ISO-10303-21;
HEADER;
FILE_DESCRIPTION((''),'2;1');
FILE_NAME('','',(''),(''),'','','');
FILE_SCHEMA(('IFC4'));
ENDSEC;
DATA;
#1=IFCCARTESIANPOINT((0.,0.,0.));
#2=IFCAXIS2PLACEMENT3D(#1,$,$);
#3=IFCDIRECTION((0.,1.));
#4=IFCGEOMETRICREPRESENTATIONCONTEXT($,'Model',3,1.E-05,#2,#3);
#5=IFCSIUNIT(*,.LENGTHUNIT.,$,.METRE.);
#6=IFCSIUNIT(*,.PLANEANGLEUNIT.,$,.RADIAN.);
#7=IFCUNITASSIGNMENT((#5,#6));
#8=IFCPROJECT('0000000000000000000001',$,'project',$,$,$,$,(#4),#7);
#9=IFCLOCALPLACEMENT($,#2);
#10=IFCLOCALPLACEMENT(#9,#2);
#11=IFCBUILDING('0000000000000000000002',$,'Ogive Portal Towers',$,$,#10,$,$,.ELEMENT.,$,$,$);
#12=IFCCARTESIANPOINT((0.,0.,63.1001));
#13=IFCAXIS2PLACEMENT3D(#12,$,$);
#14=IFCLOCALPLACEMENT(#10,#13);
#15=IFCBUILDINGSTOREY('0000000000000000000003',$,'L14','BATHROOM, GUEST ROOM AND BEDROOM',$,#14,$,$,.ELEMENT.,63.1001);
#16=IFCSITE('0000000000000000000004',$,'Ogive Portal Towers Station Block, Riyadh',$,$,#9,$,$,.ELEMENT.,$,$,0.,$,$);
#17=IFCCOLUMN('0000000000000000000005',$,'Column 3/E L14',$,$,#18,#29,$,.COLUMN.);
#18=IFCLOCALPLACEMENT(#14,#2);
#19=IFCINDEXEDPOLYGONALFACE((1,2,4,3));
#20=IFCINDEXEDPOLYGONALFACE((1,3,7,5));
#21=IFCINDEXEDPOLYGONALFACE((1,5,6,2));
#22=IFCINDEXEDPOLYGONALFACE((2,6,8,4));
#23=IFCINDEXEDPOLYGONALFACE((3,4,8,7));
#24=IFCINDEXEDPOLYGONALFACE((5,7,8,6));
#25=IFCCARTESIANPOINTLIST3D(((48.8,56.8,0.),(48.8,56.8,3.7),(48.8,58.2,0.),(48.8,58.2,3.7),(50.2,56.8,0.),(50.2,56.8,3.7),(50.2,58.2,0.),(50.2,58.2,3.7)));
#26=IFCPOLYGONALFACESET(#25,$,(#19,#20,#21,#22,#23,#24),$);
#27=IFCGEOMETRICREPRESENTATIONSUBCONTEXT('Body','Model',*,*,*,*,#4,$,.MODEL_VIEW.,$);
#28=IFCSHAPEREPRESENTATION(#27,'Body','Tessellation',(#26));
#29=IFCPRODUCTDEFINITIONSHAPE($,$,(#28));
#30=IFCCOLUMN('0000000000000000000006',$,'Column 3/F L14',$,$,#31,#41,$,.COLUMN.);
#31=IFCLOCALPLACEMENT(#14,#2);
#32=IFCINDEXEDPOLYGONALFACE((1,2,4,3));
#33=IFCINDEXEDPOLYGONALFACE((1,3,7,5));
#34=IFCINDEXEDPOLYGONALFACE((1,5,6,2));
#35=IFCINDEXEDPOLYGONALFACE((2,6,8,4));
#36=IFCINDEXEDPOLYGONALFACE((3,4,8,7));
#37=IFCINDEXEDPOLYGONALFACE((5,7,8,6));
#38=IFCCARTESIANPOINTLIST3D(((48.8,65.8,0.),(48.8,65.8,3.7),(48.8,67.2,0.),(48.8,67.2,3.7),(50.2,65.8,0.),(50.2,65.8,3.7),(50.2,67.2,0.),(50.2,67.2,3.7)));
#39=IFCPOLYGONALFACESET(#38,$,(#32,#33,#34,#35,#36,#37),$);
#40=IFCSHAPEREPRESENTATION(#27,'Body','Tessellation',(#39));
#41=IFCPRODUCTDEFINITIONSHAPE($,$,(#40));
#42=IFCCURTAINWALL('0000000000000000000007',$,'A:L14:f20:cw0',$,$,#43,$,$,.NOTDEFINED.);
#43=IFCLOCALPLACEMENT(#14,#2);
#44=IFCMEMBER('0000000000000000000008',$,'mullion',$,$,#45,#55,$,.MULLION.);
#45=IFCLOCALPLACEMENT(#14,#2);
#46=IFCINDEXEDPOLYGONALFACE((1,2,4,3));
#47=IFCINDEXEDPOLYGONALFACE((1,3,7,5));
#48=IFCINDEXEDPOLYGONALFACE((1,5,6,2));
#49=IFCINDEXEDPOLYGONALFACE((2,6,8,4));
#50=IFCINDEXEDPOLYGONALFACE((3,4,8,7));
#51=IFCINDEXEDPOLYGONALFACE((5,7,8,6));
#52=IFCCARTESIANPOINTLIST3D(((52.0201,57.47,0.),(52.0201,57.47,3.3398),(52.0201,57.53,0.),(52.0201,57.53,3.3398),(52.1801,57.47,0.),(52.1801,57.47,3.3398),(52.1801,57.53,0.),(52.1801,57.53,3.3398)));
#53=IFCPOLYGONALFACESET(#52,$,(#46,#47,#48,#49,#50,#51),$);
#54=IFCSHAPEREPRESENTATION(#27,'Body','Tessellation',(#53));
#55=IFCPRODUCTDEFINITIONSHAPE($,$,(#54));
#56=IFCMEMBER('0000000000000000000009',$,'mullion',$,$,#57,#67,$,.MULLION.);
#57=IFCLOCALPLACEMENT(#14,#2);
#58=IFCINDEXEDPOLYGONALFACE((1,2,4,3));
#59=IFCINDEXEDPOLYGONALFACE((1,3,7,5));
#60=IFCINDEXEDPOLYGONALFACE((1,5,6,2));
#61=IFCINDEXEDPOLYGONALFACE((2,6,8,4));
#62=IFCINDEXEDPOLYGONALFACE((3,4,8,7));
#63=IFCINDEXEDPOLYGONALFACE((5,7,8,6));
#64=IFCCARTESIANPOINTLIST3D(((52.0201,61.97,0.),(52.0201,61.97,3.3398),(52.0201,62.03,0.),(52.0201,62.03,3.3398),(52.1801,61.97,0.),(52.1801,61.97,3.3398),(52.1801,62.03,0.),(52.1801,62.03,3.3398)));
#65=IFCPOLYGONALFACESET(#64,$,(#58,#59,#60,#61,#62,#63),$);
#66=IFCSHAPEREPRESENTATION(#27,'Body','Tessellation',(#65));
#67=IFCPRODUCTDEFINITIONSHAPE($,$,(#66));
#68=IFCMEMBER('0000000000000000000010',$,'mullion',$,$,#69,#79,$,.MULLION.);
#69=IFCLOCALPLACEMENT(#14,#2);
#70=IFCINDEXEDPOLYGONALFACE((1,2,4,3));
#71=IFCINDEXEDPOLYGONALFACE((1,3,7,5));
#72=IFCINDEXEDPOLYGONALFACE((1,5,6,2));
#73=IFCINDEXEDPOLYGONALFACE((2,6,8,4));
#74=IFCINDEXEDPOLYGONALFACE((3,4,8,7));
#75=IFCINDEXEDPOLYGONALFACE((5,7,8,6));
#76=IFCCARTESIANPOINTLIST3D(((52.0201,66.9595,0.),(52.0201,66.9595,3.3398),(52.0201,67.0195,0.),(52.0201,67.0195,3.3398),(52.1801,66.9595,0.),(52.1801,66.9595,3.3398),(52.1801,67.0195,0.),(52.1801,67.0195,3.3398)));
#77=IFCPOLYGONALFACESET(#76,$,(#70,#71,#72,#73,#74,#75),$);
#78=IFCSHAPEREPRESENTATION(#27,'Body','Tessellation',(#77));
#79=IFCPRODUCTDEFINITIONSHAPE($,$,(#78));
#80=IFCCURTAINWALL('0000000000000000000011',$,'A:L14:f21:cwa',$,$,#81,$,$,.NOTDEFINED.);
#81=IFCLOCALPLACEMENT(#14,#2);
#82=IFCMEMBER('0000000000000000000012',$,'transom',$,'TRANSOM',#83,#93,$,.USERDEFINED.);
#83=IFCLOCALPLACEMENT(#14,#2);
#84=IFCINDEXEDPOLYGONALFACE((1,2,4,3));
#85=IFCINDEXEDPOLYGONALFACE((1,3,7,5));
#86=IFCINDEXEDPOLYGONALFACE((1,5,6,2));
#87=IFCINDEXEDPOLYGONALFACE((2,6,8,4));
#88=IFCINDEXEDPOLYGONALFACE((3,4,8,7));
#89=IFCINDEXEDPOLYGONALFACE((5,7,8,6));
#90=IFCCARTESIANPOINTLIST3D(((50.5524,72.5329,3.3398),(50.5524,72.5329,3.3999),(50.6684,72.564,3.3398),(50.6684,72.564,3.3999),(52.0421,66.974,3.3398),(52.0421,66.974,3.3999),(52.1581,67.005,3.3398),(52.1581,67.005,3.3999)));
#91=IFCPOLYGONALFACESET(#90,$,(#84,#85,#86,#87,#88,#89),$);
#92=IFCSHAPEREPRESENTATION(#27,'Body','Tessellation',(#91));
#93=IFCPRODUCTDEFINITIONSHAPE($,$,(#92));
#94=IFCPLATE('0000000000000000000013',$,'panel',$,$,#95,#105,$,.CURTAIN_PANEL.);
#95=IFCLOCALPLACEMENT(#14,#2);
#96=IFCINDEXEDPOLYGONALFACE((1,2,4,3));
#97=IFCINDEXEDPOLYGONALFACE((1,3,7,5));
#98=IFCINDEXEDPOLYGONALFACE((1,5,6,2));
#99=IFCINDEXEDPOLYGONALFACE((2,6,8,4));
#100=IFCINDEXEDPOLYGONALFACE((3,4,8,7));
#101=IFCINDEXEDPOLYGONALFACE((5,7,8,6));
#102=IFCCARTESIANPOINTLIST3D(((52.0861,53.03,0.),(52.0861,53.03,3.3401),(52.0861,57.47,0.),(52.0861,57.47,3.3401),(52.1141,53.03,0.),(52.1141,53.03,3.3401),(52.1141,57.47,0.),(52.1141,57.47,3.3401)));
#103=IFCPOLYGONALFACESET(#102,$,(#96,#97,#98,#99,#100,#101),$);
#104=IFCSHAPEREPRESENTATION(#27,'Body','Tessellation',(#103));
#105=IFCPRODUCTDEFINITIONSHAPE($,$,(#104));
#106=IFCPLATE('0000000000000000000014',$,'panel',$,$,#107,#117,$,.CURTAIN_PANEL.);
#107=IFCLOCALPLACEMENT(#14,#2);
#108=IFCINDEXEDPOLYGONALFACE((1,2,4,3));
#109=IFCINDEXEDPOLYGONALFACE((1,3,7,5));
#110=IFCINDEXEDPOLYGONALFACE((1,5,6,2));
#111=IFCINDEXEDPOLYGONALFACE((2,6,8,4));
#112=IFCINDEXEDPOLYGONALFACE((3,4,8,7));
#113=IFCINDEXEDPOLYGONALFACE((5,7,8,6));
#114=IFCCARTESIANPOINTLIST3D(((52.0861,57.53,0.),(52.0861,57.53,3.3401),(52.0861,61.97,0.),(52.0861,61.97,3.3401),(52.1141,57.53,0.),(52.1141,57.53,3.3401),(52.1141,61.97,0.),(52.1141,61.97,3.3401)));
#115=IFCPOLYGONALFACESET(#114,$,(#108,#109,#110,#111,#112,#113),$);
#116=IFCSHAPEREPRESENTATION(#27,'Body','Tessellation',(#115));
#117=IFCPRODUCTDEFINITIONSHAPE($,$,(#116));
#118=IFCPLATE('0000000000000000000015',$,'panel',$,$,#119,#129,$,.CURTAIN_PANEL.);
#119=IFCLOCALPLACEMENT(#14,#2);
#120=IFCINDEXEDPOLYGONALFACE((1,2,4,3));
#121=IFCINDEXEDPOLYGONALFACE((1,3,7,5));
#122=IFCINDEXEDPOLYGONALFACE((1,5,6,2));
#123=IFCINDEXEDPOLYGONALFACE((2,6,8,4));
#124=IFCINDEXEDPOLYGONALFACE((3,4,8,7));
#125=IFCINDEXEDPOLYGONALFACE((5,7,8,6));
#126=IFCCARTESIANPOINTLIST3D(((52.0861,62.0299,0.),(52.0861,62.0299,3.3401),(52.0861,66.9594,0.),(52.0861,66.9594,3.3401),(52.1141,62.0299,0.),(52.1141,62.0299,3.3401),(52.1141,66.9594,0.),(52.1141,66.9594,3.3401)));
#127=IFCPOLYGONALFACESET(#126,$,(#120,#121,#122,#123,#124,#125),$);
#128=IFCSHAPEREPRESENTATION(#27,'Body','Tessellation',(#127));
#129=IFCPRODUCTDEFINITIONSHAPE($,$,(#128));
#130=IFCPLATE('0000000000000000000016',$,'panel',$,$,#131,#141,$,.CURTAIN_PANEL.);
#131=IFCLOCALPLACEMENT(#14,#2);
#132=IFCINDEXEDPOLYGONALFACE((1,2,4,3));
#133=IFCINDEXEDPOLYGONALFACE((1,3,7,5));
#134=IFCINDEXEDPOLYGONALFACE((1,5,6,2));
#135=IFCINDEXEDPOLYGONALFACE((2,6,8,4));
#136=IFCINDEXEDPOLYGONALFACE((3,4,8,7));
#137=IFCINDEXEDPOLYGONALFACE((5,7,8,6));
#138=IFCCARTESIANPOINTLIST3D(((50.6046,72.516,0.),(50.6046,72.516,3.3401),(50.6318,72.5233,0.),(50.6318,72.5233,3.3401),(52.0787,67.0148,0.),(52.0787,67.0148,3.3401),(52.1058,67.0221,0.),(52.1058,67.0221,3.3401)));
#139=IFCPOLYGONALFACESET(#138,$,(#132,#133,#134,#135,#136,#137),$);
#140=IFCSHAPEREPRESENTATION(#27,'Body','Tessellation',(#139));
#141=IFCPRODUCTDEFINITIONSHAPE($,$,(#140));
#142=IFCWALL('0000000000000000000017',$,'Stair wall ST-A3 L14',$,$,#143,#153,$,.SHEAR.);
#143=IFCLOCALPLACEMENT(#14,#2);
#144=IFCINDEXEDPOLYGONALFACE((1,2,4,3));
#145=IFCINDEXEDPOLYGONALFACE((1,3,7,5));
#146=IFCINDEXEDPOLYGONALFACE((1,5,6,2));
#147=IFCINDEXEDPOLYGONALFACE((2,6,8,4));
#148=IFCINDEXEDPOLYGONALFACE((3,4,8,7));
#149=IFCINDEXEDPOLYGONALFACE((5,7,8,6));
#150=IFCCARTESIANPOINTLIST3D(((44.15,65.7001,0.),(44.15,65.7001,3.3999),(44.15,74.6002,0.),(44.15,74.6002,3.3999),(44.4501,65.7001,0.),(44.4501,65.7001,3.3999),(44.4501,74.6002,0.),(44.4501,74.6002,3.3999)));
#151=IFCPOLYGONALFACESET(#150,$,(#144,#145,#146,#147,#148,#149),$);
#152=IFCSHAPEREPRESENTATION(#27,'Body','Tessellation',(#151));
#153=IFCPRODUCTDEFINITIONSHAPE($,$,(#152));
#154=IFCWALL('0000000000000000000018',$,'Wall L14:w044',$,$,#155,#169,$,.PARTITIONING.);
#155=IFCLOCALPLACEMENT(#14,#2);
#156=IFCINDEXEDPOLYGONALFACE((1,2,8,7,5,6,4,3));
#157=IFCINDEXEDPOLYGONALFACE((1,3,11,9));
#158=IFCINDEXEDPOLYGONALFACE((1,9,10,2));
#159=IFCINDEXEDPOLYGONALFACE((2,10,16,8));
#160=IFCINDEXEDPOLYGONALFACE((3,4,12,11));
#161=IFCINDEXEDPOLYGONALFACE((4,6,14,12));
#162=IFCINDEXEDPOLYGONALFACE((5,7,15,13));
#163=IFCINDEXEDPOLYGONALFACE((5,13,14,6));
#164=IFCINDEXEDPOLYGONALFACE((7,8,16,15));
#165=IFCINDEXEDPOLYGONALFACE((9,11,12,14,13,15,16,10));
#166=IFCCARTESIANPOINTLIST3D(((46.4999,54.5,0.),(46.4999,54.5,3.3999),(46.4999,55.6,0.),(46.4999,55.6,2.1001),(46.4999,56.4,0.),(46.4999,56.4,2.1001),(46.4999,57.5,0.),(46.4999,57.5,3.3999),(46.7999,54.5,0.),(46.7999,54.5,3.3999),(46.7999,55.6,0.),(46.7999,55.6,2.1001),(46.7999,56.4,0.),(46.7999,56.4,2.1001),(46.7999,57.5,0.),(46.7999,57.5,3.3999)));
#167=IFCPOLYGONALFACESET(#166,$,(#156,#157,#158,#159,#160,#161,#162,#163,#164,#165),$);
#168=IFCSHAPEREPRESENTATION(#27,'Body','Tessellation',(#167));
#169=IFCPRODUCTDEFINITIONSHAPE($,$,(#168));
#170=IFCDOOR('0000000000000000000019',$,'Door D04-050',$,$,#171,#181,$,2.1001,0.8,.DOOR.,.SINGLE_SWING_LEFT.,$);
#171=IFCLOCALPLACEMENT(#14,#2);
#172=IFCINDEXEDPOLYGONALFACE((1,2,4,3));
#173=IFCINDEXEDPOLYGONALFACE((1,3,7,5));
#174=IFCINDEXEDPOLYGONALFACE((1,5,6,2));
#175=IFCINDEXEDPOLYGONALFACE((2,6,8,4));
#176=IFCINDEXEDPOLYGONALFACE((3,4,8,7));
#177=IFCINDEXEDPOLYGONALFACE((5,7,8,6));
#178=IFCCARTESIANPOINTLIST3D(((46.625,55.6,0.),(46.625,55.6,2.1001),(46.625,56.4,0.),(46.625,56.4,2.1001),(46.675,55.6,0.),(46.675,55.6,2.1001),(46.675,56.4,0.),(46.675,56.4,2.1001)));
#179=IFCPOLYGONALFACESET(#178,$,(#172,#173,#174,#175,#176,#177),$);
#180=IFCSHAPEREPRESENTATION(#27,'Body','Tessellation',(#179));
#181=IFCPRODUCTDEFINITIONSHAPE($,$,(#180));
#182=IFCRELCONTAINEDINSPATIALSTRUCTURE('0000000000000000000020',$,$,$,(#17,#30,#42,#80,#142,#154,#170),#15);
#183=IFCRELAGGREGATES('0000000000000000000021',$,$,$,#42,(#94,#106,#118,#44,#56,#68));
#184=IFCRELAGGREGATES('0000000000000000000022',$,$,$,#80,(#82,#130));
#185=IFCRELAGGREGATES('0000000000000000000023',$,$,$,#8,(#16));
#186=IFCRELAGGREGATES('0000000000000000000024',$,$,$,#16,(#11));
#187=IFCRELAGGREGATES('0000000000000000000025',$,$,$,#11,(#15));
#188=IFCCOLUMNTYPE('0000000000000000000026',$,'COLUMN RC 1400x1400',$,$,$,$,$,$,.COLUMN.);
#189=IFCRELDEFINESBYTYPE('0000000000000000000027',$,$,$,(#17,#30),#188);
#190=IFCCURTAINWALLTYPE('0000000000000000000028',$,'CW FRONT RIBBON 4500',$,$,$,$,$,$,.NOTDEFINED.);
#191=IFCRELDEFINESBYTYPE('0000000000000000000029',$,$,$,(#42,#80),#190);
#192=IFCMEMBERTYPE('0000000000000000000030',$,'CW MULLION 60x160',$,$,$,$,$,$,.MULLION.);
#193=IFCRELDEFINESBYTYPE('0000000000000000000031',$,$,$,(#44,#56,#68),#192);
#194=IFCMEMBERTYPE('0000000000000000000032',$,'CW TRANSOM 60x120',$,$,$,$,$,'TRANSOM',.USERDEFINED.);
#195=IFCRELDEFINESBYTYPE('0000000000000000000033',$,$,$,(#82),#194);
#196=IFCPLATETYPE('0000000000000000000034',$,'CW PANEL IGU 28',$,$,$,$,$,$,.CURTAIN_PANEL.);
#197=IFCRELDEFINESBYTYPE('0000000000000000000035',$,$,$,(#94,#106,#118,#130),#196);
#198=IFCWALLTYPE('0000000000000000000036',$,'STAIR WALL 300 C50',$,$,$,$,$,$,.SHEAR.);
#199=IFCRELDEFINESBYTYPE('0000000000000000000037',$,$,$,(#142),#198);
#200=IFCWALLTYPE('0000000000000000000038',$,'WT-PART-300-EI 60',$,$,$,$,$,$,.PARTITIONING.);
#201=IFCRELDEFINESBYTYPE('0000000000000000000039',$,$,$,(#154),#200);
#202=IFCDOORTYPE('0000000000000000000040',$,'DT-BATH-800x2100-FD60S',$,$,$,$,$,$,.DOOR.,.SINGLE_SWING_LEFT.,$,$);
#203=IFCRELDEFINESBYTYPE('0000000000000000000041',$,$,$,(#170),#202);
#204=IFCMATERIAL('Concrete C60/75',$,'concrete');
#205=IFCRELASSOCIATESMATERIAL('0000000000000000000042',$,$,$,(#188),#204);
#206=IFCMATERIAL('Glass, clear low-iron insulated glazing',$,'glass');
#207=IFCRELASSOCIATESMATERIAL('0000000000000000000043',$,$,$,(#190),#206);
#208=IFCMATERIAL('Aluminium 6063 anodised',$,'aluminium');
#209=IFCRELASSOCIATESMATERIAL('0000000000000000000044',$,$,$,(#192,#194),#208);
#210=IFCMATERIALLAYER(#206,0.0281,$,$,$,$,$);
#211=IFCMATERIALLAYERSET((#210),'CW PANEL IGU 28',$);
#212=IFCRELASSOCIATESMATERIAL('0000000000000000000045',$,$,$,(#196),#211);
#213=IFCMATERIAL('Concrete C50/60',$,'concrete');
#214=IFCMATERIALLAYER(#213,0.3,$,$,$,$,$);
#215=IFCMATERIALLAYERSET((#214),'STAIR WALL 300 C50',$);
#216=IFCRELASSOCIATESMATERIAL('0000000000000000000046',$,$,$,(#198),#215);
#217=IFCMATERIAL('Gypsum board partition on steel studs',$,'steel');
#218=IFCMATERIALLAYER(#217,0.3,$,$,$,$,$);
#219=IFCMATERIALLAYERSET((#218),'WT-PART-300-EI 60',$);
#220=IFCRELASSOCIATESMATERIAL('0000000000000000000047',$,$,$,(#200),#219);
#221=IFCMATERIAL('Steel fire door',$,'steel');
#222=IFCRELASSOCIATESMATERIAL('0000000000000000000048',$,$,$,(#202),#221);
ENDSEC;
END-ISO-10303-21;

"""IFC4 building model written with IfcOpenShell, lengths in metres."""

from ifc_helpers import new_model, si_unit, direction, frame, frame_2d, origin, origin_2d, place, context, subcontext, project, spatial, rectangle, extrude, material, layer, layer_set, material_profile, profile_set, type_object, element, fill, aggregate, save


model = new_model("IFC4")

# Units and contexts
model_context = context("Model", 3, precision=1e-05, world=origin(), true_north=direction((0.0, 1.0)))
body_context = subcontext(model_context, "Body", "Model", "MODEL_VIEW")
ifc_project = project(units=[si_unit("LENGTHUNIT", "METRE"), si_unit("PLANEANGLEUNIT", "RADIAN")], contexts=[model_context])

# Site, building, storey
site_placement = place(None, origin())
site = spatial("IfcSite", under=ifc_project, at=site_placement, Name="Ogive Portal Towers Station Block, Riyadh", CompositionType="ELEMENT", RefElevation=0.0)
building_placement = place(site_placement, origin())
building = spatial("IfcBuilding", under=site, at=building_placement, Name="Ogive Portal Towers", CompositionType="ELEMENT")
storey_placement = place(building_placement, frame((0.0, 0.0, 63.1001)))
storey = spatial("IfcBuildingStorey", under=building, at=storey_placement, Name="L14", Description="BATHROOM, GUEST ROOM AND BEDROOM", CompositionType="ELEMENT", Elevation=63.1001)

# Columns
ifc_material_1 = material(Name="Concrete C60/75", Category="concrete")
ifc_material_profile_1 = material_profile(ifc_material_1, rectangle(XDim=1.3999, YDim=1.3999, at=origin_2d()), Name="RC 1400x1400")
ifc_profile_set_1 = profile_set([ifc_material_profile_1], Name="Concrete C60/75")
column_type = type_object("IfcColumnType", Name="COLUMN RC 1400x1400", PredefinedType="COLUMN", material=ifc_profile_set_1)
for number, where, z_axis, x_axis, name in (
    (1, (49.5, 57.5, 0.0), (0.0, 0.0, 1.0), (1.0, 0.0, 0.0), "Column 3/E L14"),
    (2, (49.5, 66.5, 0.0), (0.0, 0.0, 1.0), (1.0, 0.0, 0.0), "Column 3/F L14"),
):
    element("IfcColumn", number, at=place(storey_placement, frame(where, z_axis=z_axis, x_axis=x_axis)), inside=storey, type_object=column_type, Name=name, PredefinedType="COLUMN", context=body_context, shape_type="SweptSolid", body=[
        extrude(rectangle(XDim=1.3999, YDim=1.3999, at=origin_2d()), origin(), (0.0, 0.0, 1.0), 3.7),
    ])

# Curtain wall, members
ifc_material_2 = material(Name="Glass, clear low-iron insulated glazing", Category="glass")
curtain_wall_type = type_object("IfcCurtainWallType", Name="CW FRONT RIBBON 4500", PredefinedType="NOTDEFINED", material=ifc_material_2)
curtain_wall_1_placement = place(storey_placement, origin())
curtain_wall_1 = element("IfcCurtainWall", 3, at=curtain_wall_1_placement, inside=storey, type_object=curtain_wall_type, Name="A:L14:f20:cw0", PredefinedType="NOTDEFINED")
ifc_material_3 = material(Name="Aluminium 6063 anodised", Category="aluminium")
ifc_material_profile_2 = material_profile(ifc_material_3, rectangle(XDim=0.1599, YDim=0.0601, at=origin_2d()), Name="AL 60x160")
ifc_profile_set_2 = profile_set([ifc_material_profile_2], Name="Aluminium 6063 anodised")
member_type_1 = type_object("IfcMemberType", Name="CW MULLION 60x160", PredefinedType="MULLION", material=ifc_profile_set_2)
member_1_placement = place(storey_placement, frame((52.1001, 57.5, 0.0), z_axis=(0.0, 0.0, 1.0), x_axis=(-1.0, 0.0, 0.0)))
member_1 = element("IfcMember", 4, at=member_1_placement, type_object=member_type_1, Name="mullion", PredefinedType="MULLION", context=body_context, shape_type="SweptSolid", body=[
    extrude(rectangle(XDim=0.1599, YDim=0.0601, at=origin_2d()), origin(), (0.0, 0.0, 1.0), 3.3398),
])
member_2_placement = place(storey_placement, frame((52.1001, 62.0, 0.0), z_axis=(0.0, 0.0, 1.0), x_axis=(-1.0, 0.0, 0.0)))
member_2 = element("IfcMember", 5, at=member_2_placement, type_object=member_type_1, Name="mullion", PredefinedType="MULLION", context=body_context, shape_type="SweptSolid", body=[
    extrude(rectangle(XDim=0.1599, YDim=0.0601, at=origin_2d()), origin(), (0.0, 0.0, 1.0), 3.3398),
])
member_3_placement = place(storey_placement, frame((52.1001, 66.9895, 0.0), z_axis=(0.0, 0.0, 1.0), x_axis=(-1.0, 0.0, 0.0)))
member_3 = element("IfcMember", 6, at=member_3_placement, type_object=member_type_1, Name="mullion", PredefinedType="MULLION", context=body_context, shape_type="SweptSolid", body=[
    extrude(rectangle(XDim=0.1599, YDim=0.0601, at=origin_2d()), origin(), (0.0, 0.0, 1.0), 3.3398),
])

# Curtain wall, member
curtain_wall_2_placement = place(storey_placement, origin())
curtain_wall_2 = element("IfcCurtainWall", 7, at=curtain_wall_2_placement, inside=storey, type_object=curtain_wall_type, Name="A:L14:f21:cwa", PredefinedType="NOTDEFINED")
ifc_material_profile_3 = material_profile(ifc_material_3, rectangle(XDim=0.1201, YDim=0.0601, at=origin_2d()), Name="AL 120x60")
ifc_profile_set_3 = profile_set([ifc_material_profile_3], Name="Aluminium 6063 anodised")
member_type_2 = type_object("IfcMemberType", Name="CW TRANSOM 60x120", ElementType="TRANSOM", PredefinedType="USERDEFINED", material=ifc_profile_set_3)
member_4_placement = place(storey_placement, frame((52.1001, 66.9895, 3.3699), z_axis=(-0.258851, 0.965917, 0.0), x_axis=(-0.965917, -0.258851, 0.0)))
member_4 = element("IfcMember", 8, at=member_4_placement, type_object=member_type_2, Name="transom", ObjectType="TRANSOM", PredefinedType="USERDEFINED", context=body_context, shape_type="SweptSolid", body=[
    extrude(rectangle(XDim=0.1201, YDim=0.0601, at=origin_2d()), origin(), (0.0, 0.0, 1.0), 5.7551),
])

# Plates
ifc_layer_1 = layer(ifc_material_2, 0.0281)
ifc_layer_set_1 = layer_set([ifc_layer_1], Name="CW PANEL IGU 28")
plate_type = type_object("IfcPlateType", Name="CW PANEL IGU 28", PredefinedType="CURTAIN_PANEL", material=ifc_layer_set_1)
plate_1_placement = place(storey_placement, frame((52.1001, 55.25, 0.0), z_axis=(0.0, 0.0, 1.0), x_axis=(0.0, 1.0, 0.0)))
plate_1 = element("IfcPlate", 9, at=plate_1_placement, type_object=plate_type, Name="panel", PredefinedType="CURTAIN_PANEL", context=body_context, shape_type="SweptSolid", body=[
    extrude(rectangle(XDim=4.4399, YDim=0.0281, at=origin_2d()), origin(), (0.0, 0.0, 1.0), 3.3401),
])
plate_2_placement = place(storey_placement, frame((52.1001, 59.75, 0.0), z_axis=(0.0, 0.0, 1.0), x_axis=(0.0, 1.0, 0.0)))
plate_2 = element("IfcPlate", 10, at=plate_2_placement, type_object=plate_type, Name="panel", PredefinedType="CURTAIN_PANEL", context=body_context, shape_type="SweptSolid", body=[
    extrude(rectangle(XDim=4.4399, YDim=0.0281, at=origin_2d()), origin(), (0.0, 0.0, 1.0), 3.3401),
])
plate_3_placement = place(storey_placement, frame((52.1001, 64.4946, 0.0), z_axis=(0.0, 0.0, 1.0), x_axis=(0.0, 1.0, 0.0)))
plate_3 = element("IfcPlate", 11, at=plate_3_placement, type_object=plate_type, Name="panel", PredefinedType="CURTAIN_PANEL", context=body_context, shape_type="SweptSolid", body=[
    extrude(rectangle(XDim=4.9294, YDim=0.0281, at=origin_2d()), origin(), (0.0, 0.0, 1.0), 3.3401),
])
aggregate(curtain_wall_1, [plate_1, plate_2, plate_3, member_1, member_2, member_3])
plate_4_placement = place(storey_placement, frame((51.3552, 69.769, 0.0), z_axis=(0.0, 0.0, 1.0), x_axis=(-0.258819, 0.965926, 0.0)))
plate_4 = element("IfcPlate", 12, at=plate_4_placement, type_object=plate_type, Name="panel", PredefinedType="CURTAIN_PANEL", context=body_context, shape_type="SweptSolid", body=[
    extrude(rectangle(XDim=5.6953, YDim=0.0281, at=origin_2d()), origin(), (0.0, 0.0, 1.0), 3.3401),
])
aggregate(curtain_wall_2, [member_4, plate_4])

# Wall
ifc_material_4 = material(Name="Concrete C50/60", Category="concrete")
ifc_layer_2 = layer(ifc_material_4, 0.3)
ifc_layer_set_2 = layer_set([ifc_layer_2], Name="STAIR WALL 300 C50")
wall_type_1 = type_object("IfcWallType", Name="STAIR WALL 300 C50", PredefinedType="SHEAR", material=ifc_layer_set_2)
wall_1_placement = place(storey_placement, frame((44.3, 65.7, 0.0), z_axis=(0.0, 0.0, 1.0), x_axis=(0.0, 1.0, 0.0)))
element("IfcWall", 13, at=wall_1_placement, inside=storey, type_object=wall_type_1, Name="Stair wall ST-A3 L14", PredefinedType="SHEAR", context=body_context, shape_type="SweptSolid", body=[
    extrude(rectangle(XDim=8.9001, YDim=0.3, at=frame_2d((4.4502, 0.0))), origin(), (0.0, 0.0, 1.0), 3.3999),
])

# Wall, opening, door
ifc_material_5 = material(Name="Gypsum board partition on steel studs", Category="steel")
ifc_layer_3 = layer(ifc_material_5, 0.3)
ifc_layer_set_3 = layer_set([ifc_layer_3], Name="WT-PART-300-EI 60")
wall_type_2 = type_object("IfcWallType", Name="WT-PART-300-EI 60", PredefinedType="PARTITIONING", material=ifc_layer_set_3)
wall_2_placement = place(storey_placement, frame((46.6499, 54.5, 0.0), z_axis=(0.0, 0.0, 1.0), x_axis=(0.0, 1.0, 0.0)))
wall_2 = element("IfcWall", 14, at=wall_2_placement, inside=storey, type_object=wall_type_2, Name="Wall L14:w044", PredefinedType="PARTITIONING", context=body_context, shape_type="SweptSolid", body=[
    extrude(rectangle(XDim=3.0, YDim=0.3, at=frame_2d((1.5, 0.0))), origin(), (0.0, 0.0, 1.0), 3.3999),
])
opening_1_placement = place(wall_2_placement, frame((1.1001, 0.0, 0.0)))
opening_1 = element("IfcOpeningElement", 15, at=opening_1_placement, cuts=wall_2, PredefinedType="OPENING", context=body_context, shape_type="SweptSolid", body=[
    extrude(rectangle(XDim=0.8, YDim=2.1001, at=frame_2d((0.3999, 1.05))), frame((0.0, 0.1602, 0.0), z_axis=(0.0, -1.0, 0.0), x_axis=(1.0, 0.0, 0.0)), (0.0, 0.0, 1.0), 0.3201),
])
ifc_material_6 = material(Name="Steel fire door", Category="steel")
door_type = type_object("IfcDoorType", Name="DT-BATH-800x2100-FD60S", OperationType="SINGLE_SWING_LEFT", PredefinedType="DOOR", material=ifc_material_6)
door_1_placement = place(opening_1_placement, origin())
door_1 = element("IfcDoor", 16, at=door_1_placement, inside=storey, type_object=door_type, Name="Door D04-050", OperationType="SINGLE_SWING_LEFT", OverallHeight=2.1001, OverallWidth=0.8, PredefinedType="DOOR", context=body_context, shape_type="SweptSolid", body=[
    extrude(rectangle(XDim=0.8, YDim=2.1001, at=frame_2d((0.3999, 1.05))), frame((0.0, 0.0249, 0.0), z_axis=(0.0, -1.0, 0.0), x_axis=(1.0, 0.0, 0.0)), (0.0, 0.0, 1.0), 0.05),
])
fill(opening_1, door_1)

save(model, "model.ifc")
